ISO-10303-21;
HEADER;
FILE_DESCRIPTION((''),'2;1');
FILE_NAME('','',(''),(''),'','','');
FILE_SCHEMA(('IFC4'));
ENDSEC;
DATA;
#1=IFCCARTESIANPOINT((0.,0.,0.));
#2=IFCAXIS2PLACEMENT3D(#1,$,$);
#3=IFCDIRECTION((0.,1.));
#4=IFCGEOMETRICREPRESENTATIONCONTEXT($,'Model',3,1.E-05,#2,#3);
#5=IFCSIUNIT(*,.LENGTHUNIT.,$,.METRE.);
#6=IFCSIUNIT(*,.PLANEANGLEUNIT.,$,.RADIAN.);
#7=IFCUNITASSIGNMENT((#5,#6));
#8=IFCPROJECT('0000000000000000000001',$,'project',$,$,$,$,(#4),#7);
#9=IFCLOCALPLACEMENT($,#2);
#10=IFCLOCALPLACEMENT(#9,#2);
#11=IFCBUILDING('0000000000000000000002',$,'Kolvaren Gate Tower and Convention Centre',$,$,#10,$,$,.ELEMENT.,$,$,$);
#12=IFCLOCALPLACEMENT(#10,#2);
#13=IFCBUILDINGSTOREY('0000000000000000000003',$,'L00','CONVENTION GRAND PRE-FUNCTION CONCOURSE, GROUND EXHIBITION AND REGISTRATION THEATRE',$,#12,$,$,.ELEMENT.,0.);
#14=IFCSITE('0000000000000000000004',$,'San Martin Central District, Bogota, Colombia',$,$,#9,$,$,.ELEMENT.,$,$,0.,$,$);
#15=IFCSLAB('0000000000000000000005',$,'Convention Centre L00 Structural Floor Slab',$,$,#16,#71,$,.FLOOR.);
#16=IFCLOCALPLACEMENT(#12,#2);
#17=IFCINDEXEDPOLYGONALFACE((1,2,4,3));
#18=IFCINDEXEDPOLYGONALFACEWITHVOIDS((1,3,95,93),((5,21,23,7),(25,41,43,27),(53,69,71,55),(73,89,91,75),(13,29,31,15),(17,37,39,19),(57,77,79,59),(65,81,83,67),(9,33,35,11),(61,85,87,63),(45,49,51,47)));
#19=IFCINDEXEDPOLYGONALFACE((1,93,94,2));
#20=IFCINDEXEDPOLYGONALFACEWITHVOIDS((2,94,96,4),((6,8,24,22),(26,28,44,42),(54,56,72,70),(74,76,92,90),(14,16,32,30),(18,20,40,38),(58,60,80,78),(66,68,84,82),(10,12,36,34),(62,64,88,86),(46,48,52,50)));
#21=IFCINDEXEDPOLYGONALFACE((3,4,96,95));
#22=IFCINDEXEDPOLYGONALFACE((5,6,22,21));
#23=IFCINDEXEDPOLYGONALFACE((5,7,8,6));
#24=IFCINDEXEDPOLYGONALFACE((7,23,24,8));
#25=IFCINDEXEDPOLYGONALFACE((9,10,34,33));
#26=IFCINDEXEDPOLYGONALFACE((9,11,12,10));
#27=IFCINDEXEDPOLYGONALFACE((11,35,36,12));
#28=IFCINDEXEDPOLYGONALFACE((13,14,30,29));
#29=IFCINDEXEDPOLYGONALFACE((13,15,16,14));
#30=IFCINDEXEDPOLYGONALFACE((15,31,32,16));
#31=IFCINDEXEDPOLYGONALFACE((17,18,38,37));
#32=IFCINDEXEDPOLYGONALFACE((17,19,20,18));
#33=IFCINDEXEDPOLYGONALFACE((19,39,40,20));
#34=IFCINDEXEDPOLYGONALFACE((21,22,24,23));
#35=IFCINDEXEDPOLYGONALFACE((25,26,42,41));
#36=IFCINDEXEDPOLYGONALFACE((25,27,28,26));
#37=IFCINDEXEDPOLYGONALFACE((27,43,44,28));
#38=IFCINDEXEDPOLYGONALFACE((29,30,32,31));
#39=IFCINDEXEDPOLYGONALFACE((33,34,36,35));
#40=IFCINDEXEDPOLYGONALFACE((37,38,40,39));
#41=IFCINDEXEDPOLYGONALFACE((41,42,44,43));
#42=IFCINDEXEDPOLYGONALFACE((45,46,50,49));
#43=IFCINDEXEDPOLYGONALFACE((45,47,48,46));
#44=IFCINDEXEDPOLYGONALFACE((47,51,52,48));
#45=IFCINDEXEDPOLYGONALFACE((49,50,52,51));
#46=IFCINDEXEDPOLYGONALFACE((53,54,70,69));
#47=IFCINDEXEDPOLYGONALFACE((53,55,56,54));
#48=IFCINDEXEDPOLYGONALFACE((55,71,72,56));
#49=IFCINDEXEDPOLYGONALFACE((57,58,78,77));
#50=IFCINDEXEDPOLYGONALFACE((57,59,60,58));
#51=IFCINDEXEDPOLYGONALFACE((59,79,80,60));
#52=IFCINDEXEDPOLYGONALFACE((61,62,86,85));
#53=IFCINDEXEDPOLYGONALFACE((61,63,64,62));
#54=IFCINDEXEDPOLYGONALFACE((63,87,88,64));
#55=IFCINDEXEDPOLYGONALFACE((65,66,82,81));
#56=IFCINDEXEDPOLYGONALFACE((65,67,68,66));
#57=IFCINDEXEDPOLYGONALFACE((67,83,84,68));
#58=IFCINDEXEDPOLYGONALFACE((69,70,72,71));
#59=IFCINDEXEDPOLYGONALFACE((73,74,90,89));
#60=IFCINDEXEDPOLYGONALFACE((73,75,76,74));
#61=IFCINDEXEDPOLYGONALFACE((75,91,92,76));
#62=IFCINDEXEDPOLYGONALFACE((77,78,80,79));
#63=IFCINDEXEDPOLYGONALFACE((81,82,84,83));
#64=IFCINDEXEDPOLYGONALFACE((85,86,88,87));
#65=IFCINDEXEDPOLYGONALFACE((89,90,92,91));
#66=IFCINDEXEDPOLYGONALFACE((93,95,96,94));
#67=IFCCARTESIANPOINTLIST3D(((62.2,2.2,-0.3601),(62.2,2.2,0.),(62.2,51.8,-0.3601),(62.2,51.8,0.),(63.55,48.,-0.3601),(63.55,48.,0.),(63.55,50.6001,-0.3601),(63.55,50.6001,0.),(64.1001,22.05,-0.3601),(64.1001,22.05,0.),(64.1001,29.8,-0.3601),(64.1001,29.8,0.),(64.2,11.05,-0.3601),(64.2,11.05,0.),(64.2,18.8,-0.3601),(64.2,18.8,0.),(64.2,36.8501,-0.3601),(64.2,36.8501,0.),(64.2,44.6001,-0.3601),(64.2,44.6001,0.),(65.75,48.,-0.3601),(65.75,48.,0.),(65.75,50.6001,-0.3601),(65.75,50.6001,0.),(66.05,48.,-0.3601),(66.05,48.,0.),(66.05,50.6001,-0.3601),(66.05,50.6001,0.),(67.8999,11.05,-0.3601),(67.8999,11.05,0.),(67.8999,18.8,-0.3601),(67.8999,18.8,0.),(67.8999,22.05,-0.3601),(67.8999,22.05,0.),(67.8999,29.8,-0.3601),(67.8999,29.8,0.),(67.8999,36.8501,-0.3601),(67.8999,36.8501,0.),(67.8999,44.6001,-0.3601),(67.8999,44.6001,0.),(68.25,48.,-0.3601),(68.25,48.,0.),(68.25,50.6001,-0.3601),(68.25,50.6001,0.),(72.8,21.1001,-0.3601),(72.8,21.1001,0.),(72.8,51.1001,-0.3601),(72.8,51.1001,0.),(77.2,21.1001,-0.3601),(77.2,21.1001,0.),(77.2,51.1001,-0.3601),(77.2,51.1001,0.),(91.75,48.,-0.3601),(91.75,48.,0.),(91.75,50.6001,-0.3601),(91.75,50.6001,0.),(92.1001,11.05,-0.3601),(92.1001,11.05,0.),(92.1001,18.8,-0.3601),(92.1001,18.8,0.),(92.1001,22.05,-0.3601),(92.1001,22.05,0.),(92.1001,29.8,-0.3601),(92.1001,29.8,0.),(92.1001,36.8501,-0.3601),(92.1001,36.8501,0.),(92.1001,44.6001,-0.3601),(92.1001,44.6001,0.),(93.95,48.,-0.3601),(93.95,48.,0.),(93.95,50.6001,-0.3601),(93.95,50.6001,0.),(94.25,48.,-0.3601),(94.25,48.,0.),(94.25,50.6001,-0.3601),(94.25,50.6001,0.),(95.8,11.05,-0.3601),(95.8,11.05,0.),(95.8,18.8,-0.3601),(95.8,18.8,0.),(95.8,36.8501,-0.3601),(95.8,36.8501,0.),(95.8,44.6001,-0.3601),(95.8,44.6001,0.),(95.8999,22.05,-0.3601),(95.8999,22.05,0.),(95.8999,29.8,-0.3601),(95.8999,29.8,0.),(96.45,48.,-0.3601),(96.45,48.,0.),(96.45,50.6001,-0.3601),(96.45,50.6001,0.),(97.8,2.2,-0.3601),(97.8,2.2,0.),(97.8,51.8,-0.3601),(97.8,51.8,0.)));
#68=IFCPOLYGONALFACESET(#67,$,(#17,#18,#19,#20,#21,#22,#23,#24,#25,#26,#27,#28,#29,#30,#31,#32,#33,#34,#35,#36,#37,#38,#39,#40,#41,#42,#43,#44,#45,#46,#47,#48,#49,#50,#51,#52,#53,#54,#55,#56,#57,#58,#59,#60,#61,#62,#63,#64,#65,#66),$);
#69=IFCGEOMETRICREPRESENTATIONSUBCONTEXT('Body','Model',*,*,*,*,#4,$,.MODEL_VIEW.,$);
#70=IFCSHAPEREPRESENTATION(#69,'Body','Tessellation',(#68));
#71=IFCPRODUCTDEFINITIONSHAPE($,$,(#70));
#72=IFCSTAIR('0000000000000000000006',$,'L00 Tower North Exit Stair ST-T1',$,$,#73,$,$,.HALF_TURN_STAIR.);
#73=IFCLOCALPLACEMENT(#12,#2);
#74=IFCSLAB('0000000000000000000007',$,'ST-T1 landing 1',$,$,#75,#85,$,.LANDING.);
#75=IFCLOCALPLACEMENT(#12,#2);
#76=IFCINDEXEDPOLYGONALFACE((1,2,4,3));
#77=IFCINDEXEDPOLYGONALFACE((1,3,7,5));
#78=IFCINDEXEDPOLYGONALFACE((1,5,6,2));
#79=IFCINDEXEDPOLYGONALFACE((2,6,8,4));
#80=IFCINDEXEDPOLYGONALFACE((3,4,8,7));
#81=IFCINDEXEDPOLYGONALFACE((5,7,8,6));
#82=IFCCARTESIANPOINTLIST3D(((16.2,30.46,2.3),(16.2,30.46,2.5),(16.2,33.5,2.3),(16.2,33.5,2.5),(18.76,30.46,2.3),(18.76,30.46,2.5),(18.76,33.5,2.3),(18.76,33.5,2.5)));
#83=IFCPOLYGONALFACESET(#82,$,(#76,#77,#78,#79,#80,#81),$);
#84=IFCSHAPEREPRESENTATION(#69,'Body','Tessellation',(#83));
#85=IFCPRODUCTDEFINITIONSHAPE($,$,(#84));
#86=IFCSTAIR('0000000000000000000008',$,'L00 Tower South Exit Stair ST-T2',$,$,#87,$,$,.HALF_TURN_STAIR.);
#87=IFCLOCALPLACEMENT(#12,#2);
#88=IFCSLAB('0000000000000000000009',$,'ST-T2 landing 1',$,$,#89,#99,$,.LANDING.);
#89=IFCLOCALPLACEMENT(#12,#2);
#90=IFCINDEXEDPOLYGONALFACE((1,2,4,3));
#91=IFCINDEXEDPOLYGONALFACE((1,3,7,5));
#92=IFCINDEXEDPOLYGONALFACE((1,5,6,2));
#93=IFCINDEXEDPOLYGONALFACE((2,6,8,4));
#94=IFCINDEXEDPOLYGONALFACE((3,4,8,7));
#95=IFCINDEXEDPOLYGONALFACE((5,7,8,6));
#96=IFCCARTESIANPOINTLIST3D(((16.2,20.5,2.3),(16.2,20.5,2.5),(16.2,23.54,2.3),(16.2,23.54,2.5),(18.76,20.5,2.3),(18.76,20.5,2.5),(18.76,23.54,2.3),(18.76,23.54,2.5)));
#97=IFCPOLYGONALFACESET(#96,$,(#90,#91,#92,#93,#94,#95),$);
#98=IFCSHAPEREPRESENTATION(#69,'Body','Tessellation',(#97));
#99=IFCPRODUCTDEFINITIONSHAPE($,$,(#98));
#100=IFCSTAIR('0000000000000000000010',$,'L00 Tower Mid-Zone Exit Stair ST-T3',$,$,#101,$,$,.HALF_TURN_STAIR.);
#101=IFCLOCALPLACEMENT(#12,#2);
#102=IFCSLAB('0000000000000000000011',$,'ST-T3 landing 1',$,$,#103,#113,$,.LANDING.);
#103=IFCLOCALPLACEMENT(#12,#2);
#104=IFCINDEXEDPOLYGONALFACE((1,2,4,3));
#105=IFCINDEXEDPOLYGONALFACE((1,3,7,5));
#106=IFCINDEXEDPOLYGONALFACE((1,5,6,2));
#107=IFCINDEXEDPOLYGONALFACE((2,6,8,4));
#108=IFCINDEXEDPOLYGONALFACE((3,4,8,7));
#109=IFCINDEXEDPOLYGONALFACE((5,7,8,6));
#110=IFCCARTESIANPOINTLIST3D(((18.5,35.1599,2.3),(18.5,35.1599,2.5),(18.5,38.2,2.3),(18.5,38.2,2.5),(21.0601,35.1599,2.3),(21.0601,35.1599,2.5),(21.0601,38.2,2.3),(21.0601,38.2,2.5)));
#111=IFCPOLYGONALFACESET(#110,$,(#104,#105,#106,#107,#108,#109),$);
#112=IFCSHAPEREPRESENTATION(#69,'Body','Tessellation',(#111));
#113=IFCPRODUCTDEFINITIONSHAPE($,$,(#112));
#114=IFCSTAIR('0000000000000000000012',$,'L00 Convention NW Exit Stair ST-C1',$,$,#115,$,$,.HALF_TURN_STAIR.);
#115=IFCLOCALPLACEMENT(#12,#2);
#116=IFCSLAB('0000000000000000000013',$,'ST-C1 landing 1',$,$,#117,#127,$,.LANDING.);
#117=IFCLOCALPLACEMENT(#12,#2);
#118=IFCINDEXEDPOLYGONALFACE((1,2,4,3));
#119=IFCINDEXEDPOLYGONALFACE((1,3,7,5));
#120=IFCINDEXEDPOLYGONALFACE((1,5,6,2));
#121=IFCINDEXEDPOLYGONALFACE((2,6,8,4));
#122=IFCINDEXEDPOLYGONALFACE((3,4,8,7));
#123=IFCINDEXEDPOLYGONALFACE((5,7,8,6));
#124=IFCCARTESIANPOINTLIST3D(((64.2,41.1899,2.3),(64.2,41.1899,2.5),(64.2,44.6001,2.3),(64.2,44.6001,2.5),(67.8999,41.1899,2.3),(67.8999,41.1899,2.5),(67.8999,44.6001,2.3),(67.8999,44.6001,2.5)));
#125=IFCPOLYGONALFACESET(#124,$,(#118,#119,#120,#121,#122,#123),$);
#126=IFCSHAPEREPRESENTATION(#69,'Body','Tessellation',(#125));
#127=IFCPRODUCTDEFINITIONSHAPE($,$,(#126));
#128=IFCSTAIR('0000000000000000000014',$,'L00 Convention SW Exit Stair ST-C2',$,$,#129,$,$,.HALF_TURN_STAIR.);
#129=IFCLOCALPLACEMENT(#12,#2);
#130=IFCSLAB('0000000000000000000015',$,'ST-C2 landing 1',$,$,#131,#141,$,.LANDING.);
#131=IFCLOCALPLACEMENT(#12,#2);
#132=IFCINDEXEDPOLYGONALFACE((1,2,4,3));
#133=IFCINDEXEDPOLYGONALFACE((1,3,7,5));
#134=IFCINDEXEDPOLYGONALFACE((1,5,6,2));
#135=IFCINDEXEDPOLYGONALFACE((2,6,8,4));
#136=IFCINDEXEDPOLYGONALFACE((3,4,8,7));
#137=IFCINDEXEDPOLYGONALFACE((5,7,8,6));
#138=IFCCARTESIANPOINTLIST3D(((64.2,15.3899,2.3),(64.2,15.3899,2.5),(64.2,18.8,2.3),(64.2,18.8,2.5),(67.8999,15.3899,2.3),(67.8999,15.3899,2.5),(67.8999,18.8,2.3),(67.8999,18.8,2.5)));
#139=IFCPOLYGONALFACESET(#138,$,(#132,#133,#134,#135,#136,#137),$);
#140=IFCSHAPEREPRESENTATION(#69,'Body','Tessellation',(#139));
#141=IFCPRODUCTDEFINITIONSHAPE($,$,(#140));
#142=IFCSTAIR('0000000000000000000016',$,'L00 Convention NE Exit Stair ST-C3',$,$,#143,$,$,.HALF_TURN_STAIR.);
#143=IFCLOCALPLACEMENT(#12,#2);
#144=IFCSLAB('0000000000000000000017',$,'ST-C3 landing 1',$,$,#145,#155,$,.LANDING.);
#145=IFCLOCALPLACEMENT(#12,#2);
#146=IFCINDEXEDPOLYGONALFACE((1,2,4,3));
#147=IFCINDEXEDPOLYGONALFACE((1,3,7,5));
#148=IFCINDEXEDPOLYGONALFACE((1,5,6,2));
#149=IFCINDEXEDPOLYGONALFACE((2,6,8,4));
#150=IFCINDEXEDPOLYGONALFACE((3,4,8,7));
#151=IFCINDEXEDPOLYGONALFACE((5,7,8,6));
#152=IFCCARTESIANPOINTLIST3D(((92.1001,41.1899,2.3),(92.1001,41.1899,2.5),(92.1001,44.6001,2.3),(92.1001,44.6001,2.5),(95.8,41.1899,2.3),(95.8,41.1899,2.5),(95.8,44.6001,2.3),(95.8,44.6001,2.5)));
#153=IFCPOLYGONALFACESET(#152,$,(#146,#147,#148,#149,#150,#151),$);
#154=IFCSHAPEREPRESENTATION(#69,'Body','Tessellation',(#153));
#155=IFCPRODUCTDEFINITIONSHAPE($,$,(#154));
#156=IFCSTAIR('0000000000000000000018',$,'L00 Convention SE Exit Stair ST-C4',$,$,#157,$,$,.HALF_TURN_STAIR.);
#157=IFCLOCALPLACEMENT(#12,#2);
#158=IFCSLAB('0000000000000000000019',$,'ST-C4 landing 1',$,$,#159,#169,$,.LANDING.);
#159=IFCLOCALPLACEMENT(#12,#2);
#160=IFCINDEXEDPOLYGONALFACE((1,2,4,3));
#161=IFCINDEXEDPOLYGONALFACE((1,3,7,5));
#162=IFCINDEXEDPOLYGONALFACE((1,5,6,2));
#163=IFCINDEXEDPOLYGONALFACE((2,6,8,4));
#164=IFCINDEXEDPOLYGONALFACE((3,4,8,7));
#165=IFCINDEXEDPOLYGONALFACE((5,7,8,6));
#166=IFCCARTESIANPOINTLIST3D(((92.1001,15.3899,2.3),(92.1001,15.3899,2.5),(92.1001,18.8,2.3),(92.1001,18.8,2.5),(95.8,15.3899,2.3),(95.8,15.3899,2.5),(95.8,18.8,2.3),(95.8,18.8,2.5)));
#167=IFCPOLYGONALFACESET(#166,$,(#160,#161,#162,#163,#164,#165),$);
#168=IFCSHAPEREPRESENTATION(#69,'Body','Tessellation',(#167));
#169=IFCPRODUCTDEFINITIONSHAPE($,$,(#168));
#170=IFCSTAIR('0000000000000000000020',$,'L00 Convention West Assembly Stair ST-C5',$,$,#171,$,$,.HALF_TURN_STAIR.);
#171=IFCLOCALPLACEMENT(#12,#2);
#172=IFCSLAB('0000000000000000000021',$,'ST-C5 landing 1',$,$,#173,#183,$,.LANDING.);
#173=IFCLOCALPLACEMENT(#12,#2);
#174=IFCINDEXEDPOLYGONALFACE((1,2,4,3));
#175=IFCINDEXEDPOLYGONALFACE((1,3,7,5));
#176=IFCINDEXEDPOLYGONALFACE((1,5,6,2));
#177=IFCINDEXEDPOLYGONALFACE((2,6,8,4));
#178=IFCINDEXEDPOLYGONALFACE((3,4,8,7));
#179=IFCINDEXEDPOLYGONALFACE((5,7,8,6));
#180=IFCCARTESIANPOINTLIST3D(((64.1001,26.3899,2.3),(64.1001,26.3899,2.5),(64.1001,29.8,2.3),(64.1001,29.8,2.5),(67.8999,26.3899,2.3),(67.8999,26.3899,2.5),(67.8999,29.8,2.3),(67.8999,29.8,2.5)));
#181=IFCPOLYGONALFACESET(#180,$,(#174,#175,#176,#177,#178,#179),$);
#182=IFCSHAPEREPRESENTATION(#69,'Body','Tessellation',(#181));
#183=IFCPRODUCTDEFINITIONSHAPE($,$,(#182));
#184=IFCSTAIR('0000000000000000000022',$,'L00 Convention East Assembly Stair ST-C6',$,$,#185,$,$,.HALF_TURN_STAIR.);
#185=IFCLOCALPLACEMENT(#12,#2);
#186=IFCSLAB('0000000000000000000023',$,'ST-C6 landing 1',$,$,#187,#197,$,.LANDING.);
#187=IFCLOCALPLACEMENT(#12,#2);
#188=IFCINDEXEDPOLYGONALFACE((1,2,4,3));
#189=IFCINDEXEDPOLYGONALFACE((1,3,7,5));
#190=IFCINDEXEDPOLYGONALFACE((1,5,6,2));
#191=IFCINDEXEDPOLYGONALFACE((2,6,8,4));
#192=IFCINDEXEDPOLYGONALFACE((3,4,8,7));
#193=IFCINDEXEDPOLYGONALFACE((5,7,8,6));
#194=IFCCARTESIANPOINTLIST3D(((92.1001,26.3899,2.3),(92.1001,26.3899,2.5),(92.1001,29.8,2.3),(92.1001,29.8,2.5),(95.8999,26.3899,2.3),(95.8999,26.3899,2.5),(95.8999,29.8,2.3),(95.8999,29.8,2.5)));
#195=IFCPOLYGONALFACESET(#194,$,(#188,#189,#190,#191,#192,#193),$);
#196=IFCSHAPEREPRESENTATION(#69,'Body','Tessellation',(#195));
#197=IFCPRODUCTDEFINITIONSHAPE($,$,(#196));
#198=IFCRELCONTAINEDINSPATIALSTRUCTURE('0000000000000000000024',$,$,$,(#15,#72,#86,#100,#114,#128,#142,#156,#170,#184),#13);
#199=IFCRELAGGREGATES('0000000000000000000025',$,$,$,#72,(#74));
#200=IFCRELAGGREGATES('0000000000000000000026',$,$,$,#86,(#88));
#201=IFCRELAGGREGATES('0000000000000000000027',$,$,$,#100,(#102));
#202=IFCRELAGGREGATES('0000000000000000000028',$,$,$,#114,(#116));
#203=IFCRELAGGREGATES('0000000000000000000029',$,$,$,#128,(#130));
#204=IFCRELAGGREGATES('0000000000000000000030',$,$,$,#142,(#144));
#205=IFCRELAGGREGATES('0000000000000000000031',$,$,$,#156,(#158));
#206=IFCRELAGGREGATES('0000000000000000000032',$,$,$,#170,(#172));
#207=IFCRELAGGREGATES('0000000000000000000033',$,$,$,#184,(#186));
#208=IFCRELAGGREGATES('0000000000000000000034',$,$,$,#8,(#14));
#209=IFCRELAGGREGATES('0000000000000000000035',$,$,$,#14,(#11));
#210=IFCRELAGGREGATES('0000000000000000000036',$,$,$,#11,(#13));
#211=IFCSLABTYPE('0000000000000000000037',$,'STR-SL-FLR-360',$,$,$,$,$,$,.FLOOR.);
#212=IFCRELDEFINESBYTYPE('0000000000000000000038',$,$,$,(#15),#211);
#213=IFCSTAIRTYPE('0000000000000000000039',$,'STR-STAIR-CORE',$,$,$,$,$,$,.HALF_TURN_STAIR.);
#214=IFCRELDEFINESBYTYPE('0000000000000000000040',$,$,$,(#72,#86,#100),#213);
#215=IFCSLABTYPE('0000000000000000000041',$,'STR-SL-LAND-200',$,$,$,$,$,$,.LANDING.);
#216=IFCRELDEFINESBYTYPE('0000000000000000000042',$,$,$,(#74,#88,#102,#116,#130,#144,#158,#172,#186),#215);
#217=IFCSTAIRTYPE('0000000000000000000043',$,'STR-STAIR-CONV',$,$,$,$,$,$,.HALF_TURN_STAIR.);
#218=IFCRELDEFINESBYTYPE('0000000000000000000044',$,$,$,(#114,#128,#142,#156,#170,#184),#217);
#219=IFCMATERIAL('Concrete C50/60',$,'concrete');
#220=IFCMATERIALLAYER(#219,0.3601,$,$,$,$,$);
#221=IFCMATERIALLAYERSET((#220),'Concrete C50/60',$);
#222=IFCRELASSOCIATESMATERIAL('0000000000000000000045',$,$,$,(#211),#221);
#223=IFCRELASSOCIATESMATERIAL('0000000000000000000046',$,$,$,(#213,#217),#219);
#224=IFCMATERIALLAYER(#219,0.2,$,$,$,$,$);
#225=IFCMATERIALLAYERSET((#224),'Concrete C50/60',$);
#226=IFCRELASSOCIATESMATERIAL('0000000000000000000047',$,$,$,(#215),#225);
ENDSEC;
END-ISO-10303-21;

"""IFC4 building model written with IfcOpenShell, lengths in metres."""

from ifc_helpers import new_model, si_unit, direction, frame, origin, place, context, subcontext, project, spatial, polyline, outline, extrude, material, layer, layer_set, type_object, element, aggregate, save


model = new_model("IFC4")

# Units and contexts
model_context = context("Model", 3, precision=1e-05, world=origin(), true_north=direction((0.0, 1.0)))
body_context = subcontext(model_context, "Body", "Model", "MODEL_VIEW")
ifc_project = project(units=[si_unit("LENGTHUNIT", "METRE"), si_unit("PLANEANGLEUNIT", "RADIAN")], contexts=[model_context])

# Site, building, storey
site_placement = place(None, origin())
site = spatial("IfcSite", under=ifc_project, at=site_placement, Name="San Martin Central District, Bogota, Colombia", CompositionType="ELEMENT", RefElevation=0.0)
building_placement = place(site_placement, origin())
building = spatial("IfcBuilding", under=site, at=building_placement, Name="Kolvaren Gate Tower and Convention Centre", CompositionType="ELEMENT")
storey_placement = place(building_placement, origin())
storey = spatial("IfcBuildingStorey", under=building, at=storey_placement, Name="L00", Description="CONVENTION GRAND PRE-FUNCTION CONCOURSE, GROUND EXHIBITION AND REGISTRATION THEATRE", CompositionType="ELEMENT", Elevation=0.0)

# Slab
ifc_material_1 = material(Name="Concrete C50/60", Category="concrete")
ifc_layer_1 = layer(ifc_material_1, 0.3601)
ifc_layer_set_1 = layer_set([ifc_layer_1], Name="Concrete C50/60")
slab_type_1 = type_object("IfcSlabType", Name="STR-SL-FLR-360", PredefinedType="FLOOR", material=ifc_layer_set_1)
slab_1_placement = place(storey_placement, frame((0.0, 0.0, -0.3601)))
element("IfcSlab", 1, at=slab_1_placement, inside=storey, type_object=slab_type_1, Name="Convention Centre L00 Structural Floor Slab", PredefinedType="FLOOR", context=body_context, shape_type="SweptSolid", body=[
    extrude(outline(polyline([(62.2, 2.2), (97.8, 2.2), (97.8, 51.8), (62.2, 51.8), (62.2, 2.2)]), holes=[polyline([(94.25, 48.0), (94.25, 50.6001), (96.45, 50.6001), (96.45, 48.0), (94.25, 48.0)]), polyline([(95.8999, 22.05), (92.1001, 22.05), (92.1001, 29.8), (95.8999, 29.8), (95.8999, 22.05)]), polyline([(95.8, 11.05), (92.1001, 11.05), (92.1001, 18.8), (95.8, 18.8), (95.8, 11.05)]), polyline([(95.8, 44.6001), (95.8, 36.8501), (92.1001, 36.8501), (92.1001, 44.6001), (95.8, 44.6001)]), polyline([(91.75, 48.0), (91.75, 50.6001), (93.95, 50.6001), (93.95, 48.0), (91.75, 48.0)]), polyline([(77.2, 21.1001), (72.8, 21.1001), (72.8, 51.1001), (77.2, 51.1001), (77.2, 21.1001)]), polyline([(68.25, 48.0), (66.05, 48.0), (66.05, 50.6001), (68.25, 50.6001), (68.25, 48.0)]), polyline([(67.8999, 18.8), (67.8999, 11.05), (64.2, 11.05), (64.2, 18.8), (67.8999, 18.8)]), polyline([(67.8999, 29.8), (67.8999, 22.05), (64.1001, 22.05), (64.1001, 29.8), (67.8999, 29.8)]), polyline([(67.8999, 36.8501), (64.2, 36.8501), (64.2, 44.6001), (67.8999, 44.6001), (67.8999, 36.8501)]), polyline([(63.55, 48.0), (63.55, 50.6001), (65.75, 50.6001), (65.75, 48.0), (63.55, 48.0)])]), origin(), (0.0, 0.0, 1.0), 0.3601),
])

# Stairs, slabs
stair_type_1 = type_object("IfcStairType", Name="STR-STAIR-CORE", PredefinedType="HALF_TURN_STAIR", material=ifc_material_1)
stair_1_placement = place(storey_placement, origin())
stair_1 = element("IfcStair", 2, at=stair_1_placement, inside=storey, type_object=stair_type_1, Name="L00 Tower North Exit Stair ST-T1", PredefinedType="HALF_TURN_STAIR")
ifc_layer_2 = layer(ifc_material_1, 0.2)
ifc_layer_set_2 = layer_set([ifc_layer_2], Name="Concrete C50/60")
slab_type_2 = type_object("IfcSlabType", Name="STR-SL-LAND-200", PredefinedType="LANDING", material=ifc_layer_set_2)
slab_2_placement = place(storey_placement, frame((0.0, 0.0, 2.3)))
slab_2 = element("IfcSlab", 3, at=slab_2_placement, type_object=slab_type_2, Name="ST-T1 landing 1", PredefinedType="LANDING", context=body_context, shape_type="SweptSolid", body=[
    extrude(outline(polyline([(18.76, 33.5), (16.2, 33.5), (16.2, 30.46), (18.76, 30.46), (18.76, 33.5)])), origin(), (0.0, 0.0, 1.0), 0.2),
])
aggregate(stair_1, [slab_2])
stair_2_placement = place(storey_placement, origin())
stair_2 = element("IfcStair", 4, at=stair_2_placement, inside=storey, type_object=stair_type_1, Name="L00 Tower South Exit Stair ST-T2", PredefinedType="HALF_TURN_STAIR")
slab_3_placement = place(storey_placement, frame((0.0, 0.0, 2.3)))
slab_3 = element("IfcSlab", 5, at=slab_3_placement, type_object=slab_type_2, Name="ST-T2 landing 1", PredefinedType="LANDING", context=body_context, shape_type="SweptSolid", body=[
    extrude(outline(polyline([(18.76, 23.54), (16.2, 23.54), (16.2, 20.5), (18.76, 20.5), (18.76, 23.54)])), origin(), (0.0, 0.0, 1.0), 0.2),
])
aggregate(stair_2, [slab_3])
stair_3_placement = place(storey_placement, origin())
stair_3 = element("IfcStair", 6, at=stair_3_placement, inside=storey, type_object=stair_type_1, Name="L00 Tower Mid-Zone Exit Stair ST-T3", PredefinedType="HALF_TURN_STAIR")
slab_4_placement = place(storey_placement, frame((0.0, 0.0, 2.3)))
slab_4 = element("IfcSlab", 7, at=slab_4_placement, type_object=slab_type_2, Name="ST-T3 landing 1", PredefinedType="LANDING", context=body_context, shape_type="SweptSolid", body=[
    extrude(outline(polyline([(21.0601, 38.2), (18.5, 38.2), (18.5, 35.1599), (21.0601, 35.1599), (21.0601, 38.2)])), origin(), (0.0, 0.0, 1.0), 0.2),
])
aggregate(stair_3, [slab_4])
stair_type_2 = type_object("IfcStairType", Name="STR-STAIR-CONV", PredefinedType="HALF_TURN_STAIR", material=ifc_material_1)
stair_4_placement = place(storey_placement, origin())
stair_4 = element("IfcStair", 8, at=stair_4_placement, inside=storey, type_object=stair_type_2, Name="L00 Convention NW Exit Stair ST-C1", PredefinedType="HALF_TURN_STAIR")
slab_5_placement = place(storey_placement, frame((0.0, 0.0, 2.3)))
slab_5 = element("IfcSlab", 9, at=slab_5_placement, type_object=slab_type_2, Name="ST-C1 landing 1", PredefinedType="LANDING", context=body_context, shape_type="SweptSolid", body=[
    extrude(outline(polyline([(67.8999, 41.1899), (67.8999, 44.6001), (64.2, 44.6001), (64.2, 41.1899), (67.8999, 41.1899)])), origin(), (0.0, 0.0, 1.0), 0.2),
])
aggregate(stair_4, [slab_5])
stair_5_placement = place(storey_placement, origin())
stair_5 = element("IfcStair", 10, at=stair_5_placement, inside=storey, type_object=stair_type_2, Name="L00 Convention SW Exit Stair ST-C2", PredefinedType="HALF_TURN_STAIR")
slab_6_placement = place(storey_placement, frame((0.0, 0.0, 2.3)))
slab_6 = element("IfcSlab", 11, at=slab_6_placement, type_object=slab_type_2, Name="ST-C2 landing 1", PredefinedType="LANDING", context=body_context, shape_type="SweptSolid", body=[
    extrude(outline(polyline([(67.8999, 15.3899), (67.8999, 18.8), (64.2, 18.8), (64.2, 15.3899), (67.8999, 15.3899)])), origin(), (0.0, 0.0, 1.0), 0.2),
])
aggregate(stair_5, [slab_6])
stair_6_placement = place(storey_placement, origin())
stair_6 = element("IfcStair", 12, at=stair_6_placement, inside=storey, type_object=stair_type_2, Name="L00 Convention NE Exit Stair ST-C3", PredefinedType="HALF_TURN_STAIR")
slab_7_placement = place(storey_placement, frame((0.0, 0.0, 2.3)))
slab_7 = element("IfcSlab", 13, at=slab_7_placement, type_object=slab_type_2, Name="ST-C3 landing 1", PredefinedType="LANDING", context=body_context, shape_type="SweptSolid", body=[
    extrude(outline(polyline([(95.8, 41.1899), (95.8, 44.6001), (92.1001, 44.6001), (92.1001, 41.1899), (95.8, 41.1899)])), origin(), (0.0, 0.0, 1.0), 0.2),
])
aggregate(stair_6, [slab_7])
stair_7_placement = place(storey_placement, origin())
stair_7 = element("IfcStair", 14, at=stair_7_placement, inside=storey, type_object=stair_type_2, Name="L00 Convention SE Exit Stair ST-C4", PredefinedType="HALF_TURN_STAIR")
slab_8_placement = place(storey_placement, frame((0.0, 0.0, 2.3)))
slab_8 = element("IfcSlab", 15, at=slab_8_placement, type_object=slab_type_2, Name="ST-C4 landing 1", PredefinedType="LANDING", context=body_context, shape_type="SweptSolid", body=[
    extrude(outline(polyline([(95.8, 15.3899), (95.8, 18.8), (92.1001, 18.8), (92.1001, 15.3899), (95.8, 15.3899)])), origin(), (0.0, 0.0, 1.0), 0.2),
])
aggregate(stair_7, [slab_8])
stair_8_placement = place(storey_placement, origin())
stair_8 = element("IfcStair", 16, at=stair_8_placement, inside=storey, type_object=stair_type_2, Name="L00 Convention West Assembly Stair ST-C5", PredefinedType="HALF_TURN_STAIR")
slab_9_placement = place(storey_placement, frame((0.0, 0.0, 2.3)))
slab_9 = element("IfcSlab", 17, at=slab_9_placement, type_object=slab_type_2, Name="ST-C5 landing 1", PredefinedType="LANDING", context=body_context, shape_type="SweptSolid", body=[
    extrude(outline(polyline([(67.8999, 26.3899), (67.8999, 29.8), (64.1001, 29.8), (64.1001, 26.3899), (67.8999, 26.3899)])), origin(), (0.0, 0.0, 1.0), 0.2),
])
aggregate(stair_8, [slab_9])
stair_9_placement = place(storey_placement, origin())
stair_9 = element("IfcStair", 18, at=stair_9_placement, inside=storey, type_object=stair_type_2, Name="L00 Convention East Assembly Stair ST-C6", PredefinedType="HALF_TURN_STAIR")
slab_10_placement = place(storey_placement, frame((0.0, 0.0, 2.3)))
slab_10 = element("IfcSlab", 19, at=slab_10_placement, type_object=slab_type_2, Name="ST-C6 landing 1", PredefinedType="LANDING", context=body_context, shape_type="SweptSolid", body=[
    extrude(outline(polyline([(95.8999, 26.3899), (95.8999, 29.8), (92.1001, 29.8), (92.1001, 26.3899), (95.8999, 26.3899)])), origin(), (0.0, 0.0, 1.0), 0.2),
])
aggregate(stair_9, [slab_10])

save(model, "model.ifc")
